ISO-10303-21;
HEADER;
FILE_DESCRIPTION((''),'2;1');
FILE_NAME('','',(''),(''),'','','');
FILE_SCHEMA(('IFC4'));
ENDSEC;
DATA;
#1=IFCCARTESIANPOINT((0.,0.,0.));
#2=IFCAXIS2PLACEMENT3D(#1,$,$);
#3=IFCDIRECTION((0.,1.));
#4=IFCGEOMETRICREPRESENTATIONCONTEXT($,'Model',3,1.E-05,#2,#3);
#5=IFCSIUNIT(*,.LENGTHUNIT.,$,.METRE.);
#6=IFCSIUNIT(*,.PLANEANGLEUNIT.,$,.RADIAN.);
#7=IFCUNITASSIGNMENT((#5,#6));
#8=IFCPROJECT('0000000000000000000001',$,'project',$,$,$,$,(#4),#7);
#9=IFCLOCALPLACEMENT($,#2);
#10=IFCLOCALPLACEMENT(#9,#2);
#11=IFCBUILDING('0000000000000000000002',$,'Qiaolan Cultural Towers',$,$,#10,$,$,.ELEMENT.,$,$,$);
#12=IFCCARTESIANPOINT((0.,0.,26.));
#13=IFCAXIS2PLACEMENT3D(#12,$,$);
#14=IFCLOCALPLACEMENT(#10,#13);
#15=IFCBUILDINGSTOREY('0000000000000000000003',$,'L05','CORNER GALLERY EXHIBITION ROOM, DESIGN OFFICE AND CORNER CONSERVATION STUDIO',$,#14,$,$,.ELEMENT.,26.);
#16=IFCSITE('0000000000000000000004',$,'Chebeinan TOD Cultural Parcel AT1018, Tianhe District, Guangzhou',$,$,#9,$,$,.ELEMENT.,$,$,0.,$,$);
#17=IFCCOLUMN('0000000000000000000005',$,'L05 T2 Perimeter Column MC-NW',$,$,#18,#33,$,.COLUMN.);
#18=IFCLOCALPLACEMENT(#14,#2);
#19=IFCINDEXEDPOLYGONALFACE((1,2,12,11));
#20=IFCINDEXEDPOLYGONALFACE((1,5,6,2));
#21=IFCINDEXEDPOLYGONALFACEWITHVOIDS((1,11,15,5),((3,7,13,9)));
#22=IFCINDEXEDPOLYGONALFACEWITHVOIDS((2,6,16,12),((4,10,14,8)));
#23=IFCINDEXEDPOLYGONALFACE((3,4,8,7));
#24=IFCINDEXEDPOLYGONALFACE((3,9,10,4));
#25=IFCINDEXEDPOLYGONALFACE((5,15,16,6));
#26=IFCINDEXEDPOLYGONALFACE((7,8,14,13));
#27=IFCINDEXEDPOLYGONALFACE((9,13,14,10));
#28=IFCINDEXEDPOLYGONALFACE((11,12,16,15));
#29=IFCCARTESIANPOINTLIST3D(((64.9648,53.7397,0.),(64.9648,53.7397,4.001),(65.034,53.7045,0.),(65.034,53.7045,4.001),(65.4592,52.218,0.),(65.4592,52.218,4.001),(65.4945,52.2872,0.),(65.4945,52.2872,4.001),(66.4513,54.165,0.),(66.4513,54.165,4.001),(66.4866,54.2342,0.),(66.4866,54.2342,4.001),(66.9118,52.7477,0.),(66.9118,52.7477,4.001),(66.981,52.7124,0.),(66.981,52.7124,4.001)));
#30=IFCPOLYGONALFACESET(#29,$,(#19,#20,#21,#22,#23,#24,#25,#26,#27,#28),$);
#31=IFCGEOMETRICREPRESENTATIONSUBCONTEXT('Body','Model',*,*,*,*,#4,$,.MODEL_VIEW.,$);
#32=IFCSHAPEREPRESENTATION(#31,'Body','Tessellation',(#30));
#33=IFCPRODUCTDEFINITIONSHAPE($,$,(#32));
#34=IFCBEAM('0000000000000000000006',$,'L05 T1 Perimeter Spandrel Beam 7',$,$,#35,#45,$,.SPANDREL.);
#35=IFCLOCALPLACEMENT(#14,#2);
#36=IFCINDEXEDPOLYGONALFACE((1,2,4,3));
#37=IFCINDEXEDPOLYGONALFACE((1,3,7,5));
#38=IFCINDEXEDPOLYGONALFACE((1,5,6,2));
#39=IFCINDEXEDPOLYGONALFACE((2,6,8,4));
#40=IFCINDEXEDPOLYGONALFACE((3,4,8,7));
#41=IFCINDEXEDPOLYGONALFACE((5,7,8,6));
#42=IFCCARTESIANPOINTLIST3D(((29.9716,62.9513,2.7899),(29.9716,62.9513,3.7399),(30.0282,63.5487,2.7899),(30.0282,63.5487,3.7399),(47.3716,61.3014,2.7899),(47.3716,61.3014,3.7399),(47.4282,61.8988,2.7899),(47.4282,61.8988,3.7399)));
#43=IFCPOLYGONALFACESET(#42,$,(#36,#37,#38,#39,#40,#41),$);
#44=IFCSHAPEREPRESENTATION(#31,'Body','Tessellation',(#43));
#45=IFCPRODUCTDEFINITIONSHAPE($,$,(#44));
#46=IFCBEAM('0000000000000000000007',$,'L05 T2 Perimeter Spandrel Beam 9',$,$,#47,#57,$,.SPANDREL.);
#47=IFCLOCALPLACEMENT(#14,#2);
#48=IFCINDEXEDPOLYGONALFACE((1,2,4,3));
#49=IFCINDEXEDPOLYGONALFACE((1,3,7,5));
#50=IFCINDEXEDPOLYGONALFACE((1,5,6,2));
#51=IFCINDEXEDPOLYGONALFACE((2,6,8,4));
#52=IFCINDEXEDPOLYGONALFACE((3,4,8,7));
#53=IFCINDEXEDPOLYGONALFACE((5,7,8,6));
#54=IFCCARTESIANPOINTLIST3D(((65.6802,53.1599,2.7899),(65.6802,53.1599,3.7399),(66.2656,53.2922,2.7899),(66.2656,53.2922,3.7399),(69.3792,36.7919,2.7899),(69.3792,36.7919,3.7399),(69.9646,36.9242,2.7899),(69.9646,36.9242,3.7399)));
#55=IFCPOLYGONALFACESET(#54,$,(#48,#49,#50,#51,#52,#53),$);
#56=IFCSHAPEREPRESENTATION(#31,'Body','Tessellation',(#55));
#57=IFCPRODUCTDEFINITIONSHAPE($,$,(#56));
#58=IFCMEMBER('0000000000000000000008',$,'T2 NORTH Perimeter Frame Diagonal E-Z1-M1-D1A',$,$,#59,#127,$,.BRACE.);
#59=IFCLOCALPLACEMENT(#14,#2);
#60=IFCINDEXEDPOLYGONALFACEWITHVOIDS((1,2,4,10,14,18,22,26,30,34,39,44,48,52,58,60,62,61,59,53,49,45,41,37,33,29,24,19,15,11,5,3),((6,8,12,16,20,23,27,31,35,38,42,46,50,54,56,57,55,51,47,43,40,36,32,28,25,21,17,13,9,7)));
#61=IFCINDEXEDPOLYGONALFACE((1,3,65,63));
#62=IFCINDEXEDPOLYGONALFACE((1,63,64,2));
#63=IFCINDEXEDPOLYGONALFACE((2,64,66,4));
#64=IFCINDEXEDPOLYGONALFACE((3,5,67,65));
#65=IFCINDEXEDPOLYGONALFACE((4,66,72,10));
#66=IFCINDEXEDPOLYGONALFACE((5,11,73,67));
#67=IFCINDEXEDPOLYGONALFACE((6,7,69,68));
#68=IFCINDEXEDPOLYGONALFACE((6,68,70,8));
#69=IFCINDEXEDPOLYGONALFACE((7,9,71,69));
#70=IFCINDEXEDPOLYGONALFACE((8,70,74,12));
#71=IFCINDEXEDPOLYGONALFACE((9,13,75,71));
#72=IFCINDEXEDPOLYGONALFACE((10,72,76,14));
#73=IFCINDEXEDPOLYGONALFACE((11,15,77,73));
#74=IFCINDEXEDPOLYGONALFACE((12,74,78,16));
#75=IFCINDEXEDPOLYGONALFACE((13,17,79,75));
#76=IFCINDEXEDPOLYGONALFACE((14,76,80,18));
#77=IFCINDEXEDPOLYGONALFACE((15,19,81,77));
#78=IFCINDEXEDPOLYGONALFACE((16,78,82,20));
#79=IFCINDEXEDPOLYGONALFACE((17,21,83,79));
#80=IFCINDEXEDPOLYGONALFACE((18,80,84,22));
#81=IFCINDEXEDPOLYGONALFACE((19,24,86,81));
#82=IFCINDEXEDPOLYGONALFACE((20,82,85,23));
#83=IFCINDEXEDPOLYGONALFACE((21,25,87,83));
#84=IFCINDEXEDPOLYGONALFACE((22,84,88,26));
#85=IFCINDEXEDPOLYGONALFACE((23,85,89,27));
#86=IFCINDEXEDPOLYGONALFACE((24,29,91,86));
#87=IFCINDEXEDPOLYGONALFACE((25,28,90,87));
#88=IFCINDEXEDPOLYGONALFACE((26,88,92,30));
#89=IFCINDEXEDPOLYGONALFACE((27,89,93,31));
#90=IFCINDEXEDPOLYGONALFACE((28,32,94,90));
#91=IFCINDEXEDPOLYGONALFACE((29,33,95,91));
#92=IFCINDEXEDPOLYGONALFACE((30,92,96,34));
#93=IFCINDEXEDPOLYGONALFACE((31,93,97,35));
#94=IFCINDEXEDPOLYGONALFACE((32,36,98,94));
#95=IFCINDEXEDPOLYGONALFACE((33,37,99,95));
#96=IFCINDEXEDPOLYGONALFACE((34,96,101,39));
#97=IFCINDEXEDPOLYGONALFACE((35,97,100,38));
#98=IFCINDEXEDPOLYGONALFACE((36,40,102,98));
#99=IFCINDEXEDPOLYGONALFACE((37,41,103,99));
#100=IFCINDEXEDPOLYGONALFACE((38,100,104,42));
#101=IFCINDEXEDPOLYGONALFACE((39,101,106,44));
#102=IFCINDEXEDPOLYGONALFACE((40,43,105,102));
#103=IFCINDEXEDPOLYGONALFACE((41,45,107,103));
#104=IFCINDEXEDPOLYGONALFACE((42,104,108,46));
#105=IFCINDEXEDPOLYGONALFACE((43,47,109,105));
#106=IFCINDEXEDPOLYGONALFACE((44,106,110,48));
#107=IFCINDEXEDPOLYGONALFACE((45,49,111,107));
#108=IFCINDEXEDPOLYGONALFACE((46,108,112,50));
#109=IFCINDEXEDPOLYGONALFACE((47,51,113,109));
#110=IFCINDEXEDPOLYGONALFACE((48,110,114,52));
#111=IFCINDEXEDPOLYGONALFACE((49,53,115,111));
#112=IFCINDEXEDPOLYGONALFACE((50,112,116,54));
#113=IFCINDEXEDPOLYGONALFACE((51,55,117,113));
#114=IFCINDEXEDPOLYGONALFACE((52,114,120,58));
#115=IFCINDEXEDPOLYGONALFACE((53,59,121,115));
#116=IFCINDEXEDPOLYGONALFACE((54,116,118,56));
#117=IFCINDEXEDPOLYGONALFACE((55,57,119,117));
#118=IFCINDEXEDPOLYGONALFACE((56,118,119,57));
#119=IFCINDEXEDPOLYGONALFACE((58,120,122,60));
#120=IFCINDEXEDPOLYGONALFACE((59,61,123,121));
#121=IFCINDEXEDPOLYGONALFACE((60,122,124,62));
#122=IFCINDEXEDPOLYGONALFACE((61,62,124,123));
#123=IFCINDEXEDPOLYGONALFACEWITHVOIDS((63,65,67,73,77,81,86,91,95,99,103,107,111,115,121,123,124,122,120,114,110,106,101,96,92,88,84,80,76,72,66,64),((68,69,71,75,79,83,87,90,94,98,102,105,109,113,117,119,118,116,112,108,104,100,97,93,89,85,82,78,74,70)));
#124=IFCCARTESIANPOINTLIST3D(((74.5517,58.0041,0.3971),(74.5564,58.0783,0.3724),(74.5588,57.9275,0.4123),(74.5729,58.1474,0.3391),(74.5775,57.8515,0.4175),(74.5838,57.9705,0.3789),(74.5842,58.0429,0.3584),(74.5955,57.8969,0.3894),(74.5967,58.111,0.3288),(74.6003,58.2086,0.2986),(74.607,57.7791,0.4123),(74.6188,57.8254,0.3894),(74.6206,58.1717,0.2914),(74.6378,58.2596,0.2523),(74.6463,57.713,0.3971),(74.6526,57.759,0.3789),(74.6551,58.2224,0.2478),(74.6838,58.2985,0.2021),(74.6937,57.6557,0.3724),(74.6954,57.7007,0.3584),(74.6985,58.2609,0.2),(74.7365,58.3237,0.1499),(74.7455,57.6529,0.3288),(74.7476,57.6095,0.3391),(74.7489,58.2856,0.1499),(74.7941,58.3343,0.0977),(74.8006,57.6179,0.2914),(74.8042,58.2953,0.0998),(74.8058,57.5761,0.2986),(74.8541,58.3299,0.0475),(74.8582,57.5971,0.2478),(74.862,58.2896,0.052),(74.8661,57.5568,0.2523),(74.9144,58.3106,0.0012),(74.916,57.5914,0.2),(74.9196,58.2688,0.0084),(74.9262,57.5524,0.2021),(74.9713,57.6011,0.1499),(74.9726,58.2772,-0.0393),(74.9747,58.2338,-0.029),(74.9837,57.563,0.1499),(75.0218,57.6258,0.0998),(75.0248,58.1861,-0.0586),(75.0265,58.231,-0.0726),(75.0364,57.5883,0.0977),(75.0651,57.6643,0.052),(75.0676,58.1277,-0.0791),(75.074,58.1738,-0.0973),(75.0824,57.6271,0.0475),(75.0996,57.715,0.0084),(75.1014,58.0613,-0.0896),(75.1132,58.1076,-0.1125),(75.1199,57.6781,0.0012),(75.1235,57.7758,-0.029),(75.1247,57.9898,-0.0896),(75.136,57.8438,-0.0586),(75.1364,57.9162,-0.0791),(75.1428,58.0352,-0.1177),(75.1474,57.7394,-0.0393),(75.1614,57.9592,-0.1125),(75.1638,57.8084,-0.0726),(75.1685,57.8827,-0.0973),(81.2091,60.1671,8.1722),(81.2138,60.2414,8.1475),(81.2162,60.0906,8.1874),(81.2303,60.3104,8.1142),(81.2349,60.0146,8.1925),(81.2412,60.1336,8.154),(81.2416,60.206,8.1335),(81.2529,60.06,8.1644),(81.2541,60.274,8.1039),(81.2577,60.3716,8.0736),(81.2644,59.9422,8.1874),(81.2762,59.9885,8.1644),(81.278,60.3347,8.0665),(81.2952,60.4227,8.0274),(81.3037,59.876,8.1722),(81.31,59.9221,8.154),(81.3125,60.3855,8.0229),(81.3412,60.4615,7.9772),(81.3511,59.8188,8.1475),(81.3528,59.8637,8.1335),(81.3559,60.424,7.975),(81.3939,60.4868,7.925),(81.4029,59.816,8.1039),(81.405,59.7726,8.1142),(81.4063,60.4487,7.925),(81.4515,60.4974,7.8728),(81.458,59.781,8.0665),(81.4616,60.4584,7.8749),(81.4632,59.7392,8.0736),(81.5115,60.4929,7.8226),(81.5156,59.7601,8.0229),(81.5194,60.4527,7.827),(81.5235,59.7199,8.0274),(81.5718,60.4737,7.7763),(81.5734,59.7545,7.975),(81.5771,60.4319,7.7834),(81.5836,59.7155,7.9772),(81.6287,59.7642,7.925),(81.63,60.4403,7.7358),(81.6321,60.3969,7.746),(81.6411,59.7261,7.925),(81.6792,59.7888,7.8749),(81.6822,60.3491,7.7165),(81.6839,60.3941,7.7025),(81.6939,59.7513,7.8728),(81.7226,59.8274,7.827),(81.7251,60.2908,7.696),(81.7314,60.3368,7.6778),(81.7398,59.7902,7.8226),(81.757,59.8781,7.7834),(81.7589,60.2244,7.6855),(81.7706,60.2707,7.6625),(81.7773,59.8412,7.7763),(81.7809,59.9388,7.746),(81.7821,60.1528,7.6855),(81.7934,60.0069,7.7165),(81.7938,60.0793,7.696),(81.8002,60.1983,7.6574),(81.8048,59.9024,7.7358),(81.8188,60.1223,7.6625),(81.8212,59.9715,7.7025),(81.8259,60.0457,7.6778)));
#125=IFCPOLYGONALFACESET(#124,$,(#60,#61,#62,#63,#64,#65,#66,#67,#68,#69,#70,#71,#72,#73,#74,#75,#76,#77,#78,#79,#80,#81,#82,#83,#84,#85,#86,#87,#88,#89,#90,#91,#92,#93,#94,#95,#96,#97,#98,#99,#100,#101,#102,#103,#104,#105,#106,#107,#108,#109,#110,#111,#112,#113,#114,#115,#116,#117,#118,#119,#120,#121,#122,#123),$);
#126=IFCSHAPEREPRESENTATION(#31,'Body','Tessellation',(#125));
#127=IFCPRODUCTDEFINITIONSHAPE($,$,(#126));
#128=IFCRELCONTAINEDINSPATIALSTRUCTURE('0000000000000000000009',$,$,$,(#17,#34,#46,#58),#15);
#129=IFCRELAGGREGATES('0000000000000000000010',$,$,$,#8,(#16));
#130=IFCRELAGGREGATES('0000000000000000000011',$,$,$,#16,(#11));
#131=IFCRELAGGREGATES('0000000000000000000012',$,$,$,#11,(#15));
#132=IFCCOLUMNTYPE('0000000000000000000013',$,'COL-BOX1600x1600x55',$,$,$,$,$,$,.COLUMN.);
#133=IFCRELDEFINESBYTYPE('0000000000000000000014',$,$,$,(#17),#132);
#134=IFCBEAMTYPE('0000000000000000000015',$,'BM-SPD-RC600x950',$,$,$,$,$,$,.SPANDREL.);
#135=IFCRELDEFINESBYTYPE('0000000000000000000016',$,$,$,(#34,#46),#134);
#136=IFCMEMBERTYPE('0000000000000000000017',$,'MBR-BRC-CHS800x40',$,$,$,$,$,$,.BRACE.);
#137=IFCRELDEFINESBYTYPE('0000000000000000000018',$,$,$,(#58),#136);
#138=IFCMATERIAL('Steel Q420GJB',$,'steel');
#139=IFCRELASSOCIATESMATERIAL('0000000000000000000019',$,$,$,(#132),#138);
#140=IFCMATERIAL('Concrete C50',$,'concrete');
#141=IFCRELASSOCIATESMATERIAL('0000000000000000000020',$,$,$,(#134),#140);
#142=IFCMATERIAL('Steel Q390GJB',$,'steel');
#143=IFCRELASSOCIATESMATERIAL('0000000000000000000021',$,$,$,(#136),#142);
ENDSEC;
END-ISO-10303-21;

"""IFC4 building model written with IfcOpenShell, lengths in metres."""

from ifc_helpers import new_model, si_unit, direction, frame, origin, origin_2d, place, context, subcontext, project, spatial, rectangle, hollow_rectangle, hollow_circle, extrude, material, material_profile, profile_set, type_object, element, save


model = new_model("IFC4")

# Units and contexts
model_context = context("Model", 3, precision=1e-05, world=origin(), true_north=direction((0.0, 1.0)))
body_context = subcontext(model_context, "Body", "Model", "MODEL_VIEW")
ifc_project = project(units=[si_unit("LENGTHUNIT", "METRE"), si_unit("PLANEANGLEUNIT", "RADIAN")], contexts=[model_context])

# Site, building, storey
site_placement = place(None, origin())
site = spatial("IfcSite", under=ifc_project, at=site_placement, Name="Chebeinan TOD Cultural Parcel AT1018, Tianhe District, Guangzhou", CompositionType="ELEMENT", RefElevation=0.0)
building_placement = place(site_placement, origin())
building = spatial("IfcBuilding", under=site, at=building_placement, Name="Qiaolan Cultural Towers", CompositionType="ELEMENT")
storey_placement = place(building_placement, frame((0.0, 0.0, 26.0)))
storey = spatial("IfcBuildingStorey", under=building, at=storey_placement, Name="L05", Description="CORNER GALLERY EXHIBITION ROOM, DESIGN OFFICE AND CORNER CONSERVATION STUDIO", CompositionType="ELEMENT", Elevation=26.0)

# Column
ifc_material_1 = material(Name="Steel Q420GJB", Category="steel")
ifc_material_profile_1 = material_profile(ifc_material_1, hollow_rectangle(XDim=1.6001, YDim=1.6001, WallThickness=0.0549, at=origin_2d()), Name="BOX1600x1600x55")
ifc_profile_set_1 = profile_set([ifc_material_profile_1], Name="Steel Q420GJB")
column_type = type_object("IfcColumnType", Name="COL-BOX1600x1600x55", PredefinedType="COLUMN", material=ifc_profile_set_1)
column_placement = place(storey_placement, frame((65.9729, 53.2261, 0.0), z_axis=(0.0, 0.0, 1.0), x_axis=(0.951057, 0.309017, 0.0)))
element("IfcColumn", 1, at=column_placement, inside=storey, type_object=column_type, Name="L05 T2 Perimeter Column MC-NW", PredefinedType="COLUMN", context=body_context, shape_type="SweptSolid", body=[
    extrude(hollow_rectangle(XDim=1.6001, YDim=1.6001, WallThickness=0.0549, at=origin_2d()), origin(), (0.0, 0.0, 1.0), 4.001),
])

# Beams
ifc_material_2 = material(Name="Concrete C50", Category="concrete")
ifc_material_profile_2 = material_profile(ifc_material_2, rectangle(XDim=0.6001, YDim=0.95, at=origin_2d()), Name="RC600x950")
ifc_profile_set_2 = profile_set([ifc_material_profile_2], Name="Concrete C50")
beam_type = type_object("IfcBeamType", Name="BM-SPD-RC600x950", PredefinedType="SPANDREL", material=ifc_profile_set_2)
beam_1_placement = place(storey_placement, frame((47.3999, 61.6001, 3.2649), z_axis=(-0.995534, 0.094399, 0.0), x_axis=(-0.094399, -0.995534, 0.0)))
element("IfcBeam", 2, at=beam_1_placement, inside=storey, type_object=beam_type, Name="L05 T1 Perimeter Spandrel Beam 7", PredefinedType="SPANDREL", context=body_context, shape_type="SweptSolid", body=[
    extrude(rectangle(XDim=0.6001, YDim=0.95, at=origin_2d()), origin(), (0.0, 0.0, 1.0), 17.478),
])
beam_2_placement = place(storey_placement, frame((65.9729, 53.2261, 3.2649), z_axis=(0.220431, -0.975403, 0.0), x_axis=(0.975403, 0.220431, 0.0)))
element("IfcBeam", 3, at=beam_2_placement, inside=storey, type_object=beam_type, Name="L05 T2 Perimeter Spandrel Beam 9", PredefinedType="SPANDREL", context=body_context, shape_type="SweptSolid", body=[
    extrude(rectangle(XDim=0.6001, YDim=0.95, at=origin_2d()), origin(), (0.0, 0.0, 1.0), 16.7808),
])

# Member
ifc_material_3 = material(Name="Steel Q390GJB", Category="steel")
ifc_material_profile_3 = material_profile(ifc_material_3, hollow_circle(Radius=0.3999, WallThickness=0.04, at=origin_2d()), Name="CHS800x40")
ifc_profile_set_3 = profile_set([ifc_material_profile_3], Name="Steel Q390GJB")
member_type_1 = type_object("IfcMemberType", Name="MBR-BRC-CHS800x40", PredefinedType="BRACE", material=ifc_profile_set_3)
member_1_placement = place(storey_placement, frame((74.8601, 57.9434, 0.1499), z_axis=(0.636347, 0.206756, 0.743179), x_axis=(-0.30901, 0.951059, 0.0)))
element("IfcMember", 4, at=member_1_placement, inside=storey, type_object=member_type_1, Name="T2 NORTH Perimeter Frame Diagonal E-Z1-M1-D1A", PredefinedType="BRACE", context=body_context, shape_type="SweptSolid", body=[
    extrude(hollow_circle(Radius=0.3999, WallThickness=0.04, at=origin_2d()), origin(), (0.0, 0.0, 1.0), 10.4619),
])

save(model, "model.ifc")
